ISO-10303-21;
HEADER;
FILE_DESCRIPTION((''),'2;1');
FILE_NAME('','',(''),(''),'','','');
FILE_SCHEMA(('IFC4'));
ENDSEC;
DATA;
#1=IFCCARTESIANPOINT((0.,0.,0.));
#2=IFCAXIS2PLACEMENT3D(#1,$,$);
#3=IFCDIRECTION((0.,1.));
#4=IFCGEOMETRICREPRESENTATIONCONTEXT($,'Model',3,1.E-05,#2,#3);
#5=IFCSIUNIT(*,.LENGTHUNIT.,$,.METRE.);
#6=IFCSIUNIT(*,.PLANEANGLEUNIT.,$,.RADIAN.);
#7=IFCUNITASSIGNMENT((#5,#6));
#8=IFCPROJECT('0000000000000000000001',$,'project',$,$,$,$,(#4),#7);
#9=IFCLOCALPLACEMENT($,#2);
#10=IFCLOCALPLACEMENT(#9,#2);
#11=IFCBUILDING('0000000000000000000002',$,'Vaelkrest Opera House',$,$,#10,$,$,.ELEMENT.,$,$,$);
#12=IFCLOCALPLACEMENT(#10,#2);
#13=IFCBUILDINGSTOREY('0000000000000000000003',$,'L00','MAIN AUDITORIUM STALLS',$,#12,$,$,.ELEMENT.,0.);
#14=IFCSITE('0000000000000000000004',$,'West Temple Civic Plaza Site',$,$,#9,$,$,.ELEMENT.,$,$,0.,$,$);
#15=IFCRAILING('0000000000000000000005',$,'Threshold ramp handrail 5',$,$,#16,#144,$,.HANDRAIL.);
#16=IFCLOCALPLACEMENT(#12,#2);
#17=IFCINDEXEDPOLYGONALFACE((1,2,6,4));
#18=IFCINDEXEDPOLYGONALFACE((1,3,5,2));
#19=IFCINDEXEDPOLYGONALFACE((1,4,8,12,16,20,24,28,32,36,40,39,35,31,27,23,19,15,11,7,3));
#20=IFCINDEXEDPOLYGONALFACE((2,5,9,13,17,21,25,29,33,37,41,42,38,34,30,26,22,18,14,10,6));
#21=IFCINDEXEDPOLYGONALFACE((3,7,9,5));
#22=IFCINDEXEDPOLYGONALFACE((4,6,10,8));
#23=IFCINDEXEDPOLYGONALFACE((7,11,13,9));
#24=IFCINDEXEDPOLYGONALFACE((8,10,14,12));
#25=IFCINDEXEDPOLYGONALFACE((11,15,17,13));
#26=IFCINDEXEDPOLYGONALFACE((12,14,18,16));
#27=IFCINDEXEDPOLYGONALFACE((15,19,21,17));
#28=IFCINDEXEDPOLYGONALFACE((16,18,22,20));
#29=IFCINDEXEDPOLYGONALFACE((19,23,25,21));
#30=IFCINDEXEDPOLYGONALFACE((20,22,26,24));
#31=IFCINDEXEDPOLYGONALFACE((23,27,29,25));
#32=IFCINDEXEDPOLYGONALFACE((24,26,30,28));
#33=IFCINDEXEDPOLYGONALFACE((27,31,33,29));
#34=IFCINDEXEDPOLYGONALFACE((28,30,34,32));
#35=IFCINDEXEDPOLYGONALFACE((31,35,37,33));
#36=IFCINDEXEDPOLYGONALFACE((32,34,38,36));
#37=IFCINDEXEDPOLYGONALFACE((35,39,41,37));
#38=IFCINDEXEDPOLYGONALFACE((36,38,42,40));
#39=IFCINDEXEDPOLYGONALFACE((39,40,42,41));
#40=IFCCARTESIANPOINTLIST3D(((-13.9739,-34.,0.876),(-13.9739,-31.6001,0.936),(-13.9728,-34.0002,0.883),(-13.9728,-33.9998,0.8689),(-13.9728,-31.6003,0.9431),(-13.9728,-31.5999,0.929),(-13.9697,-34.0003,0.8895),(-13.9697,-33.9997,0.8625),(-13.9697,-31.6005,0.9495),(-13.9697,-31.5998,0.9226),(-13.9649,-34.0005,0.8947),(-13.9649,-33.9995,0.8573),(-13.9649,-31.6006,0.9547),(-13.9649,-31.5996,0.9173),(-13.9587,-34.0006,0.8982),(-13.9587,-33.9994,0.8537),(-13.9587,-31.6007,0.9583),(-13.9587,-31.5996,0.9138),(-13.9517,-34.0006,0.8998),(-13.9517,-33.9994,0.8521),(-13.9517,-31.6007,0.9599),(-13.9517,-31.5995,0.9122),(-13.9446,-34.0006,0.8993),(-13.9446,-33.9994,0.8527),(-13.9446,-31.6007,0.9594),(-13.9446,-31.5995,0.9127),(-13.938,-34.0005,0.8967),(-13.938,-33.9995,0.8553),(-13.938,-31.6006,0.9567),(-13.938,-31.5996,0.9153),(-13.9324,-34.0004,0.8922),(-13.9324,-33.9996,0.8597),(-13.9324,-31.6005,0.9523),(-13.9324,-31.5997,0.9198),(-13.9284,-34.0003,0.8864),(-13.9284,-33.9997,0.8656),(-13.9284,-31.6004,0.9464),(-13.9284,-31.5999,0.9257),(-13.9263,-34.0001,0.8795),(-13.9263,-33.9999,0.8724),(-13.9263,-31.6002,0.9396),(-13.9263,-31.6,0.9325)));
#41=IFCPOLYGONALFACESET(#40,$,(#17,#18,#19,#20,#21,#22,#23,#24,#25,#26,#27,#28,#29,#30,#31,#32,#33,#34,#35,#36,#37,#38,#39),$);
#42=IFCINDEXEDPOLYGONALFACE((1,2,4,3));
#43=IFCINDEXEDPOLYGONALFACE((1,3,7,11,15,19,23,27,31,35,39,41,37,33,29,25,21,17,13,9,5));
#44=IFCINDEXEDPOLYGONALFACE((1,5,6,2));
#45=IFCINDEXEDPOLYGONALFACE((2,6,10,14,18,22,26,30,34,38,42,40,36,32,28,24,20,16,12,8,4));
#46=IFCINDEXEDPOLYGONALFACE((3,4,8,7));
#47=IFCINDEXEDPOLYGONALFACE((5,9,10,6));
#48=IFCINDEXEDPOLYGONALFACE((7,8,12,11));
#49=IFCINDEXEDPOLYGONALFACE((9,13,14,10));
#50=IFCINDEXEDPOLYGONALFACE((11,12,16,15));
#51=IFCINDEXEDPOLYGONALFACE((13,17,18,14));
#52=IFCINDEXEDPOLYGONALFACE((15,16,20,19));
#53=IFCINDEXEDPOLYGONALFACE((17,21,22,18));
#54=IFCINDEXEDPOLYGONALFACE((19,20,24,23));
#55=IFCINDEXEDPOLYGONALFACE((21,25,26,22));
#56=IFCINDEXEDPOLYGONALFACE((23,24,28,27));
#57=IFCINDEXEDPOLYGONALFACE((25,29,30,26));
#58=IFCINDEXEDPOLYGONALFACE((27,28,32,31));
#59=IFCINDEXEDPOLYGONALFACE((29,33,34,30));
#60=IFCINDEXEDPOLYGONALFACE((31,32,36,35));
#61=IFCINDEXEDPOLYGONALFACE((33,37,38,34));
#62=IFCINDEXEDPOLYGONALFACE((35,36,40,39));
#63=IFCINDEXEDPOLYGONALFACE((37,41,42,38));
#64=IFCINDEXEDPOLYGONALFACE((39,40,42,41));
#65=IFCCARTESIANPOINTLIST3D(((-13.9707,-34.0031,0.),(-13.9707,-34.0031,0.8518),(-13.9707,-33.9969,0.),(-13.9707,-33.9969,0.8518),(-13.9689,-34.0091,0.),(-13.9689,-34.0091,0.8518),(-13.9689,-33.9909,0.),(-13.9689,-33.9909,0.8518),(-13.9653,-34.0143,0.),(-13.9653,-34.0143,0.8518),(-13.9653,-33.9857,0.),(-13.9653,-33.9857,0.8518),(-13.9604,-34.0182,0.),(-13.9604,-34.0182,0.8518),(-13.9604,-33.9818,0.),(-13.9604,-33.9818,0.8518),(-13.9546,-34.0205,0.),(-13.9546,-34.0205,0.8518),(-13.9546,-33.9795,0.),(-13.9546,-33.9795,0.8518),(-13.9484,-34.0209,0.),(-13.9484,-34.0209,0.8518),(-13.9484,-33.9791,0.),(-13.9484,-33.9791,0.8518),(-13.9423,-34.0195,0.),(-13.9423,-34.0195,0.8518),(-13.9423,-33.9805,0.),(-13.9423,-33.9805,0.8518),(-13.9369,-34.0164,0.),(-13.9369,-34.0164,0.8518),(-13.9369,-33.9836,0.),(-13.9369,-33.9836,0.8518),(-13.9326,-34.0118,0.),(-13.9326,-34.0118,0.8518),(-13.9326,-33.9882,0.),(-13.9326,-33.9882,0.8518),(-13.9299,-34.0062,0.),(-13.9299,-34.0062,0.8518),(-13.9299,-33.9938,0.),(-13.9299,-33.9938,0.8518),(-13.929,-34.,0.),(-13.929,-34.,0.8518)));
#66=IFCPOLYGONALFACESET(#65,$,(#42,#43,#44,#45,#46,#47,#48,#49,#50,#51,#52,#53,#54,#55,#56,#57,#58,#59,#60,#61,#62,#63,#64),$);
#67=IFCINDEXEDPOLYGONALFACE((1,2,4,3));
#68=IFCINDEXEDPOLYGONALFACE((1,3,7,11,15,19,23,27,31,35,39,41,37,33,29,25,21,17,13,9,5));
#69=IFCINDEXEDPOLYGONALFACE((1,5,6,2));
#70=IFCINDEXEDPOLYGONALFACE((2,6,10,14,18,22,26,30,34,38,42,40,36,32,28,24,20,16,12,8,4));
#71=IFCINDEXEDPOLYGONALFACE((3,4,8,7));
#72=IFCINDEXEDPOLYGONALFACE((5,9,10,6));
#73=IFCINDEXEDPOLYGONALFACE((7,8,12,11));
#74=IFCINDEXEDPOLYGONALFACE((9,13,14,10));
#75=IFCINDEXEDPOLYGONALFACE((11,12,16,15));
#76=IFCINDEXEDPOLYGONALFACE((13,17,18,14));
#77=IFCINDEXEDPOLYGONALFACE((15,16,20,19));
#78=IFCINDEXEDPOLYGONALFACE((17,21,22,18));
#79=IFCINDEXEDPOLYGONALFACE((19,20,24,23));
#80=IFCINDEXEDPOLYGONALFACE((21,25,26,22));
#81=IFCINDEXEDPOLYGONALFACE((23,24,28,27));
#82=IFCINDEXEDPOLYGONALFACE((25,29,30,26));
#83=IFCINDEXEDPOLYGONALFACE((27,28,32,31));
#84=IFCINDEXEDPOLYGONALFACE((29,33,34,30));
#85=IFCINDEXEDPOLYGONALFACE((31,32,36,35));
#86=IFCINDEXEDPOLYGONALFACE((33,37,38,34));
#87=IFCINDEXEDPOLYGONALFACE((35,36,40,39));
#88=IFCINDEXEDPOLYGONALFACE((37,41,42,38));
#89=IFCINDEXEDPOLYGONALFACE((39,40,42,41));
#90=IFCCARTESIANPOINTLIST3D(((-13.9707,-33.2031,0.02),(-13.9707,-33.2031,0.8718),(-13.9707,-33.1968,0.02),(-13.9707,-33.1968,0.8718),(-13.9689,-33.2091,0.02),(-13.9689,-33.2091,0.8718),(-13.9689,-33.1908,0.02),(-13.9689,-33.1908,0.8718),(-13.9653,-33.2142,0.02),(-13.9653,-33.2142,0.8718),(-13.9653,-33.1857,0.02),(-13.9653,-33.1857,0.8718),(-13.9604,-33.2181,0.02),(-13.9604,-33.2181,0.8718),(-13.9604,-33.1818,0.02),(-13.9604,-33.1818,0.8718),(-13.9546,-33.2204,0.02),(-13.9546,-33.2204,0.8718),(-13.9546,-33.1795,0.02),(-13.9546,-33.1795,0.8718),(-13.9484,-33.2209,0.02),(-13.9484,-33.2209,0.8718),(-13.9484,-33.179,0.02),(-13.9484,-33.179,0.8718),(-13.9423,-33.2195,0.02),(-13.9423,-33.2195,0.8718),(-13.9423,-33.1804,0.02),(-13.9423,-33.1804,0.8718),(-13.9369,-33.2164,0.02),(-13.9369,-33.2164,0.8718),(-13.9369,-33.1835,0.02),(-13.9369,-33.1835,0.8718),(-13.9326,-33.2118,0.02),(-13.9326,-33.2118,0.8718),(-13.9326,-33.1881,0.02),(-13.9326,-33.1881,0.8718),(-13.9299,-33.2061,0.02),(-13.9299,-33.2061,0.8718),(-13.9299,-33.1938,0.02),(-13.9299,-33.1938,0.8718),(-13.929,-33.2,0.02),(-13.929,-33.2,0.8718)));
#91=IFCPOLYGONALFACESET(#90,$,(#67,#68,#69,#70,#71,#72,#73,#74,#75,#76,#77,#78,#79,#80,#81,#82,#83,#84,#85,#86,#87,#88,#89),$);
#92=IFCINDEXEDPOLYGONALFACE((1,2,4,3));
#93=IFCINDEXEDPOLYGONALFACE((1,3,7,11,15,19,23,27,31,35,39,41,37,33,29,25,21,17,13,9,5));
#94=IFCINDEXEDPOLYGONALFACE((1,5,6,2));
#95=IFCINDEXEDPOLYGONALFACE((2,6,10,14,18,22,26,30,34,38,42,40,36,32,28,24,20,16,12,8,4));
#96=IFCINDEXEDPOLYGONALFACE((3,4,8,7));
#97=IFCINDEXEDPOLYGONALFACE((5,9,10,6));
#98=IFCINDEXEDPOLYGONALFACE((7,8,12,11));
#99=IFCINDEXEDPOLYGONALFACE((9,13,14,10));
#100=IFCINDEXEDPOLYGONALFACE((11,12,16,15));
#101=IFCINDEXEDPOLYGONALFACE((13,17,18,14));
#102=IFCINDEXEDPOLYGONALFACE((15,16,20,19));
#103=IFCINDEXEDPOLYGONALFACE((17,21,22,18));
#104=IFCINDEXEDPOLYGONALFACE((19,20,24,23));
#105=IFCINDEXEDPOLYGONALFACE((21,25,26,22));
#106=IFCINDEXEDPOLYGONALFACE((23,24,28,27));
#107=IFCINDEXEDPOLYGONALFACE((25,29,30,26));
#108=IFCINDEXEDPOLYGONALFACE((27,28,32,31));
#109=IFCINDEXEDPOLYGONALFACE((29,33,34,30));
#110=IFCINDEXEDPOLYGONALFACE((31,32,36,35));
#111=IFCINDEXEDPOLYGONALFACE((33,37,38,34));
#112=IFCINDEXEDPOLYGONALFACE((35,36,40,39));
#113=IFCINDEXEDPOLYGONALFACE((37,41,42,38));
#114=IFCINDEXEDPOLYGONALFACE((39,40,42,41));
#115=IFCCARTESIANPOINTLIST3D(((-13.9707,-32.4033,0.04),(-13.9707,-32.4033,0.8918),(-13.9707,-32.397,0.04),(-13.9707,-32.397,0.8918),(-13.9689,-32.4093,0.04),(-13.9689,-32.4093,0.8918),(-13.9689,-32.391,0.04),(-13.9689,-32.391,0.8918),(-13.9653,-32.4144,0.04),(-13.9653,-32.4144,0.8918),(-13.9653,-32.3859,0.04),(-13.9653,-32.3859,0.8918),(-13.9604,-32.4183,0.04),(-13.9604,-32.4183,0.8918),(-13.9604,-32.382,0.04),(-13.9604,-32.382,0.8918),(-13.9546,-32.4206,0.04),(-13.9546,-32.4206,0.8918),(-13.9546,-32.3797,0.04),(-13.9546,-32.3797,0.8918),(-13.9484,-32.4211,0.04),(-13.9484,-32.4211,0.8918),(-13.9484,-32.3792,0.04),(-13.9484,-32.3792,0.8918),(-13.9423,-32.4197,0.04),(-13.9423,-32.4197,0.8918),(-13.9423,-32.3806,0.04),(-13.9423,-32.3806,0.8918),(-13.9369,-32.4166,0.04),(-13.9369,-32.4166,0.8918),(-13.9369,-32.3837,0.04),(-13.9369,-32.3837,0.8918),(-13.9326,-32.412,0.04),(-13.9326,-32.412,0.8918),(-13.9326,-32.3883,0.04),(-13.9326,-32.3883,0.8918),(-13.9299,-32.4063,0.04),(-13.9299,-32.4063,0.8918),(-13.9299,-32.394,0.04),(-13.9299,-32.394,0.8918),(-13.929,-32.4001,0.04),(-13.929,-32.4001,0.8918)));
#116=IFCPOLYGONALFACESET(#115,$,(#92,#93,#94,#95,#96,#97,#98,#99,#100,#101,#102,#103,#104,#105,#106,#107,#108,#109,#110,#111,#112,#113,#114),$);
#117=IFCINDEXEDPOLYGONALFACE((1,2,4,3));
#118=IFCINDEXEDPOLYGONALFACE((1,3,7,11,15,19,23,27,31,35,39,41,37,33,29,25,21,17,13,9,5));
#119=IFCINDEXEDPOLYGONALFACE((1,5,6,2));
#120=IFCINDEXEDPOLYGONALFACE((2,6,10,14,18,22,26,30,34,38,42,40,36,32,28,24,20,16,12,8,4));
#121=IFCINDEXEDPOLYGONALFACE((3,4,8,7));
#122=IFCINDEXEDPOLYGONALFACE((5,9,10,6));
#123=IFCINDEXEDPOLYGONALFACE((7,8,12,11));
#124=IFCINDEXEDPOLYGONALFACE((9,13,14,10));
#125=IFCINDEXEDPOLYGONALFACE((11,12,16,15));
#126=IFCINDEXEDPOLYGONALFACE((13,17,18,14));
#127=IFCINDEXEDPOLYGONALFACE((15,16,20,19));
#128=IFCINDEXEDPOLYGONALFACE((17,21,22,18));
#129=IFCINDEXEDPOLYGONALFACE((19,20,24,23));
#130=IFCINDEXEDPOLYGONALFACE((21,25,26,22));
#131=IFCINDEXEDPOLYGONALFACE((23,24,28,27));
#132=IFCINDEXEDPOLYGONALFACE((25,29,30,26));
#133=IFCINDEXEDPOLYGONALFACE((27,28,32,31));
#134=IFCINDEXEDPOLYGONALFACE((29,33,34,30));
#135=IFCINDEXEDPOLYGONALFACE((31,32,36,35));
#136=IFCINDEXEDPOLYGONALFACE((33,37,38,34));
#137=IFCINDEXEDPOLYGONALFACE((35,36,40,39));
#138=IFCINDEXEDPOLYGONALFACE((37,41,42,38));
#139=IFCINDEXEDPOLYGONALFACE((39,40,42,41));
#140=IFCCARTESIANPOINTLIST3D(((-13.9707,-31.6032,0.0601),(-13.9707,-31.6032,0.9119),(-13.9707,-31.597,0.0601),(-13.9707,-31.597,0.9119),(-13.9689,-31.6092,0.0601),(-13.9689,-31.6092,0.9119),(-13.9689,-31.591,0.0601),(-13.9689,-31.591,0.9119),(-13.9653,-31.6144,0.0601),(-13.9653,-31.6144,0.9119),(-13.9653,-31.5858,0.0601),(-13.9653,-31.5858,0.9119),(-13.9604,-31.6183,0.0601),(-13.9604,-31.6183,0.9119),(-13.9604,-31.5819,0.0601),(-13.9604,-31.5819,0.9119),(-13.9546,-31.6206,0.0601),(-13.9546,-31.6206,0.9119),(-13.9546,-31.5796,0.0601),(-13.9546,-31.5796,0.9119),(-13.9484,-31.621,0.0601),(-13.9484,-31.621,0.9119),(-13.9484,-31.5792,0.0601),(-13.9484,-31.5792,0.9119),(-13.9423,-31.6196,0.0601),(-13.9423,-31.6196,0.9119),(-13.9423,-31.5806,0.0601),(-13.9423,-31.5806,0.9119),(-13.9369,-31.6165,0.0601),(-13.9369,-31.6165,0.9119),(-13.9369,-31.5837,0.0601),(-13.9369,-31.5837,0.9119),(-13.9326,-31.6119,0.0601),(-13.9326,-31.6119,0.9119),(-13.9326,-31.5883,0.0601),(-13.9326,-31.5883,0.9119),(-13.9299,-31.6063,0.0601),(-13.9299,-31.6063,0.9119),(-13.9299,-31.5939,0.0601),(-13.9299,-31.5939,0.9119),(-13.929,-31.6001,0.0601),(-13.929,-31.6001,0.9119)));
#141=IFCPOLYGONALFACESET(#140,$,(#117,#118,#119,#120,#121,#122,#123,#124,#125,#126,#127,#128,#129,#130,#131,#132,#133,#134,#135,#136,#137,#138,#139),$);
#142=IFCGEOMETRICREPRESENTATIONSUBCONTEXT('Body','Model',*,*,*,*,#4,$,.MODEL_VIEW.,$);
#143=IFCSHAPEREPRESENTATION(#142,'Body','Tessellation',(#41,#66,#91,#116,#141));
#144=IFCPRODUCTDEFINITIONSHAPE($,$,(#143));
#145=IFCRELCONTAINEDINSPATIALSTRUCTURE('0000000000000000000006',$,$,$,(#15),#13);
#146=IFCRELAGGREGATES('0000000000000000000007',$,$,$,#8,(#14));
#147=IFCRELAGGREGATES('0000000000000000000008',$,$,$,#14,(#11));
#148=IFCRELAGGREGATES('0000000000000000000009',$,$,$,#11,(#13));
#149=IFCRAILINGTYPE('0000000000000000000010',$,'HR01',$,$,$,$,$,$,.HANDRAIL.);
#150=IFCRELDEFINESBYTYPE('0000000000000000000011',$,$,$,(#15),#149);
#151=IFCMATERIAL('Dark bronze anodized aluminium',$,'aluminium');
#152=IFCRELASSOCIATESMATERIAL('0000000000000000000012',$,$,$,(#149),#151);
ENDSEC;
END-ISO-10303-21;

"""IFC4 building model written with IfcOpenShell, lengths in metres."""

from ifc_helpers import new_model, si_unit, direction, frame, origin, origin_2d, place, context, subcontext, project, spatial, circle, extrude, material, type_object, element, save


model = new_model("IFC4")

# Units and contexts
model_context = context("Model", 3, precision=1e-05, world=origin(), true_north=direction((0.0, 1.0)))
body_context = subcontext(model_context, "Body", "Model", "MODEL_VIEW")
ifc_project = project(units=[si_unit("LENGTHUNIT", "METRE"), si_unit("PLANEANGLEUNIT", "RADIAN")], contexts=[model_context])

# Site, building, storey
site_placement = place(None, origin())
site = spatial("IfcSite", under=ifc_project, at=site_placement, Name="West Temple Civic Plaza Site", CompositionType="ELEMENT", RefElevation=0.0)
building_placement = place(site_placement, origin())
building = spatial("IfcBuilding", under=site, at=building_placement, Name="Vaelkrest Opera House", CompositionType="ELEMENT")
storey_placement = place(building_placement, origin())
storey = spatial("IfcBuildingStorey", under=building, at=storey_placement, Name="L00", Description="MAIN AUDITORIUM STALLS", CompositionType="ELEMENT", Elevation=0.0)

# Railing
ifc_material_1 = material(Name="Dark bronze anodized aluminium", Category="aluminium")
railing_type_1 = type_object("IfcRailingType", Name="HR01", PredefinedType="HANDRAIL", material=ifc_material_1)
railing_1_placement = place(storey_placement, frame((-13.95, -34.0, 0.0)))
element("IfcRailing", 1, at=railing_1_placement, inside=storey, type_object=railing_type_1, Name="Threshold ramp handrail 5", PredefinedType="HANDRAIL", context=body_context, shape_type="SweptSolid", body=[
    extrude(circle(Radius=0.0239, at=origin_2d()), frame((0.0, 0.0, 0.876), z_axis=(0.0, 0.999687, 0.025018), x_axis=(-1.0, 0.0, 0.0)), (0.0, 0.0, 1.0), 2.4006),
    extrude(circle(Radius=0.021, at=origin_2d()), origin(), (0.0, 0.0, 1.0), 0.8518),
    extrude(circle(Radius=0.021, at=origin_2d()), frame((0.0, 0.8, 0.02)), (0.0, 0.0, 1.0), 0.8518),
    extrude(circle(Radius=0.021, at=origin_2d()), frame((0.0, 1.5999, 0.04)), (0.0, 0.0, 1.0), 0.8518),
    extrude(circle(Radius=0.021, at=origin_2d()), frame((0.0, 2.3999, 0.0601)), (0.0, 0.0, 1.0), 0.8518),
])

save(model, "model.ifc")
